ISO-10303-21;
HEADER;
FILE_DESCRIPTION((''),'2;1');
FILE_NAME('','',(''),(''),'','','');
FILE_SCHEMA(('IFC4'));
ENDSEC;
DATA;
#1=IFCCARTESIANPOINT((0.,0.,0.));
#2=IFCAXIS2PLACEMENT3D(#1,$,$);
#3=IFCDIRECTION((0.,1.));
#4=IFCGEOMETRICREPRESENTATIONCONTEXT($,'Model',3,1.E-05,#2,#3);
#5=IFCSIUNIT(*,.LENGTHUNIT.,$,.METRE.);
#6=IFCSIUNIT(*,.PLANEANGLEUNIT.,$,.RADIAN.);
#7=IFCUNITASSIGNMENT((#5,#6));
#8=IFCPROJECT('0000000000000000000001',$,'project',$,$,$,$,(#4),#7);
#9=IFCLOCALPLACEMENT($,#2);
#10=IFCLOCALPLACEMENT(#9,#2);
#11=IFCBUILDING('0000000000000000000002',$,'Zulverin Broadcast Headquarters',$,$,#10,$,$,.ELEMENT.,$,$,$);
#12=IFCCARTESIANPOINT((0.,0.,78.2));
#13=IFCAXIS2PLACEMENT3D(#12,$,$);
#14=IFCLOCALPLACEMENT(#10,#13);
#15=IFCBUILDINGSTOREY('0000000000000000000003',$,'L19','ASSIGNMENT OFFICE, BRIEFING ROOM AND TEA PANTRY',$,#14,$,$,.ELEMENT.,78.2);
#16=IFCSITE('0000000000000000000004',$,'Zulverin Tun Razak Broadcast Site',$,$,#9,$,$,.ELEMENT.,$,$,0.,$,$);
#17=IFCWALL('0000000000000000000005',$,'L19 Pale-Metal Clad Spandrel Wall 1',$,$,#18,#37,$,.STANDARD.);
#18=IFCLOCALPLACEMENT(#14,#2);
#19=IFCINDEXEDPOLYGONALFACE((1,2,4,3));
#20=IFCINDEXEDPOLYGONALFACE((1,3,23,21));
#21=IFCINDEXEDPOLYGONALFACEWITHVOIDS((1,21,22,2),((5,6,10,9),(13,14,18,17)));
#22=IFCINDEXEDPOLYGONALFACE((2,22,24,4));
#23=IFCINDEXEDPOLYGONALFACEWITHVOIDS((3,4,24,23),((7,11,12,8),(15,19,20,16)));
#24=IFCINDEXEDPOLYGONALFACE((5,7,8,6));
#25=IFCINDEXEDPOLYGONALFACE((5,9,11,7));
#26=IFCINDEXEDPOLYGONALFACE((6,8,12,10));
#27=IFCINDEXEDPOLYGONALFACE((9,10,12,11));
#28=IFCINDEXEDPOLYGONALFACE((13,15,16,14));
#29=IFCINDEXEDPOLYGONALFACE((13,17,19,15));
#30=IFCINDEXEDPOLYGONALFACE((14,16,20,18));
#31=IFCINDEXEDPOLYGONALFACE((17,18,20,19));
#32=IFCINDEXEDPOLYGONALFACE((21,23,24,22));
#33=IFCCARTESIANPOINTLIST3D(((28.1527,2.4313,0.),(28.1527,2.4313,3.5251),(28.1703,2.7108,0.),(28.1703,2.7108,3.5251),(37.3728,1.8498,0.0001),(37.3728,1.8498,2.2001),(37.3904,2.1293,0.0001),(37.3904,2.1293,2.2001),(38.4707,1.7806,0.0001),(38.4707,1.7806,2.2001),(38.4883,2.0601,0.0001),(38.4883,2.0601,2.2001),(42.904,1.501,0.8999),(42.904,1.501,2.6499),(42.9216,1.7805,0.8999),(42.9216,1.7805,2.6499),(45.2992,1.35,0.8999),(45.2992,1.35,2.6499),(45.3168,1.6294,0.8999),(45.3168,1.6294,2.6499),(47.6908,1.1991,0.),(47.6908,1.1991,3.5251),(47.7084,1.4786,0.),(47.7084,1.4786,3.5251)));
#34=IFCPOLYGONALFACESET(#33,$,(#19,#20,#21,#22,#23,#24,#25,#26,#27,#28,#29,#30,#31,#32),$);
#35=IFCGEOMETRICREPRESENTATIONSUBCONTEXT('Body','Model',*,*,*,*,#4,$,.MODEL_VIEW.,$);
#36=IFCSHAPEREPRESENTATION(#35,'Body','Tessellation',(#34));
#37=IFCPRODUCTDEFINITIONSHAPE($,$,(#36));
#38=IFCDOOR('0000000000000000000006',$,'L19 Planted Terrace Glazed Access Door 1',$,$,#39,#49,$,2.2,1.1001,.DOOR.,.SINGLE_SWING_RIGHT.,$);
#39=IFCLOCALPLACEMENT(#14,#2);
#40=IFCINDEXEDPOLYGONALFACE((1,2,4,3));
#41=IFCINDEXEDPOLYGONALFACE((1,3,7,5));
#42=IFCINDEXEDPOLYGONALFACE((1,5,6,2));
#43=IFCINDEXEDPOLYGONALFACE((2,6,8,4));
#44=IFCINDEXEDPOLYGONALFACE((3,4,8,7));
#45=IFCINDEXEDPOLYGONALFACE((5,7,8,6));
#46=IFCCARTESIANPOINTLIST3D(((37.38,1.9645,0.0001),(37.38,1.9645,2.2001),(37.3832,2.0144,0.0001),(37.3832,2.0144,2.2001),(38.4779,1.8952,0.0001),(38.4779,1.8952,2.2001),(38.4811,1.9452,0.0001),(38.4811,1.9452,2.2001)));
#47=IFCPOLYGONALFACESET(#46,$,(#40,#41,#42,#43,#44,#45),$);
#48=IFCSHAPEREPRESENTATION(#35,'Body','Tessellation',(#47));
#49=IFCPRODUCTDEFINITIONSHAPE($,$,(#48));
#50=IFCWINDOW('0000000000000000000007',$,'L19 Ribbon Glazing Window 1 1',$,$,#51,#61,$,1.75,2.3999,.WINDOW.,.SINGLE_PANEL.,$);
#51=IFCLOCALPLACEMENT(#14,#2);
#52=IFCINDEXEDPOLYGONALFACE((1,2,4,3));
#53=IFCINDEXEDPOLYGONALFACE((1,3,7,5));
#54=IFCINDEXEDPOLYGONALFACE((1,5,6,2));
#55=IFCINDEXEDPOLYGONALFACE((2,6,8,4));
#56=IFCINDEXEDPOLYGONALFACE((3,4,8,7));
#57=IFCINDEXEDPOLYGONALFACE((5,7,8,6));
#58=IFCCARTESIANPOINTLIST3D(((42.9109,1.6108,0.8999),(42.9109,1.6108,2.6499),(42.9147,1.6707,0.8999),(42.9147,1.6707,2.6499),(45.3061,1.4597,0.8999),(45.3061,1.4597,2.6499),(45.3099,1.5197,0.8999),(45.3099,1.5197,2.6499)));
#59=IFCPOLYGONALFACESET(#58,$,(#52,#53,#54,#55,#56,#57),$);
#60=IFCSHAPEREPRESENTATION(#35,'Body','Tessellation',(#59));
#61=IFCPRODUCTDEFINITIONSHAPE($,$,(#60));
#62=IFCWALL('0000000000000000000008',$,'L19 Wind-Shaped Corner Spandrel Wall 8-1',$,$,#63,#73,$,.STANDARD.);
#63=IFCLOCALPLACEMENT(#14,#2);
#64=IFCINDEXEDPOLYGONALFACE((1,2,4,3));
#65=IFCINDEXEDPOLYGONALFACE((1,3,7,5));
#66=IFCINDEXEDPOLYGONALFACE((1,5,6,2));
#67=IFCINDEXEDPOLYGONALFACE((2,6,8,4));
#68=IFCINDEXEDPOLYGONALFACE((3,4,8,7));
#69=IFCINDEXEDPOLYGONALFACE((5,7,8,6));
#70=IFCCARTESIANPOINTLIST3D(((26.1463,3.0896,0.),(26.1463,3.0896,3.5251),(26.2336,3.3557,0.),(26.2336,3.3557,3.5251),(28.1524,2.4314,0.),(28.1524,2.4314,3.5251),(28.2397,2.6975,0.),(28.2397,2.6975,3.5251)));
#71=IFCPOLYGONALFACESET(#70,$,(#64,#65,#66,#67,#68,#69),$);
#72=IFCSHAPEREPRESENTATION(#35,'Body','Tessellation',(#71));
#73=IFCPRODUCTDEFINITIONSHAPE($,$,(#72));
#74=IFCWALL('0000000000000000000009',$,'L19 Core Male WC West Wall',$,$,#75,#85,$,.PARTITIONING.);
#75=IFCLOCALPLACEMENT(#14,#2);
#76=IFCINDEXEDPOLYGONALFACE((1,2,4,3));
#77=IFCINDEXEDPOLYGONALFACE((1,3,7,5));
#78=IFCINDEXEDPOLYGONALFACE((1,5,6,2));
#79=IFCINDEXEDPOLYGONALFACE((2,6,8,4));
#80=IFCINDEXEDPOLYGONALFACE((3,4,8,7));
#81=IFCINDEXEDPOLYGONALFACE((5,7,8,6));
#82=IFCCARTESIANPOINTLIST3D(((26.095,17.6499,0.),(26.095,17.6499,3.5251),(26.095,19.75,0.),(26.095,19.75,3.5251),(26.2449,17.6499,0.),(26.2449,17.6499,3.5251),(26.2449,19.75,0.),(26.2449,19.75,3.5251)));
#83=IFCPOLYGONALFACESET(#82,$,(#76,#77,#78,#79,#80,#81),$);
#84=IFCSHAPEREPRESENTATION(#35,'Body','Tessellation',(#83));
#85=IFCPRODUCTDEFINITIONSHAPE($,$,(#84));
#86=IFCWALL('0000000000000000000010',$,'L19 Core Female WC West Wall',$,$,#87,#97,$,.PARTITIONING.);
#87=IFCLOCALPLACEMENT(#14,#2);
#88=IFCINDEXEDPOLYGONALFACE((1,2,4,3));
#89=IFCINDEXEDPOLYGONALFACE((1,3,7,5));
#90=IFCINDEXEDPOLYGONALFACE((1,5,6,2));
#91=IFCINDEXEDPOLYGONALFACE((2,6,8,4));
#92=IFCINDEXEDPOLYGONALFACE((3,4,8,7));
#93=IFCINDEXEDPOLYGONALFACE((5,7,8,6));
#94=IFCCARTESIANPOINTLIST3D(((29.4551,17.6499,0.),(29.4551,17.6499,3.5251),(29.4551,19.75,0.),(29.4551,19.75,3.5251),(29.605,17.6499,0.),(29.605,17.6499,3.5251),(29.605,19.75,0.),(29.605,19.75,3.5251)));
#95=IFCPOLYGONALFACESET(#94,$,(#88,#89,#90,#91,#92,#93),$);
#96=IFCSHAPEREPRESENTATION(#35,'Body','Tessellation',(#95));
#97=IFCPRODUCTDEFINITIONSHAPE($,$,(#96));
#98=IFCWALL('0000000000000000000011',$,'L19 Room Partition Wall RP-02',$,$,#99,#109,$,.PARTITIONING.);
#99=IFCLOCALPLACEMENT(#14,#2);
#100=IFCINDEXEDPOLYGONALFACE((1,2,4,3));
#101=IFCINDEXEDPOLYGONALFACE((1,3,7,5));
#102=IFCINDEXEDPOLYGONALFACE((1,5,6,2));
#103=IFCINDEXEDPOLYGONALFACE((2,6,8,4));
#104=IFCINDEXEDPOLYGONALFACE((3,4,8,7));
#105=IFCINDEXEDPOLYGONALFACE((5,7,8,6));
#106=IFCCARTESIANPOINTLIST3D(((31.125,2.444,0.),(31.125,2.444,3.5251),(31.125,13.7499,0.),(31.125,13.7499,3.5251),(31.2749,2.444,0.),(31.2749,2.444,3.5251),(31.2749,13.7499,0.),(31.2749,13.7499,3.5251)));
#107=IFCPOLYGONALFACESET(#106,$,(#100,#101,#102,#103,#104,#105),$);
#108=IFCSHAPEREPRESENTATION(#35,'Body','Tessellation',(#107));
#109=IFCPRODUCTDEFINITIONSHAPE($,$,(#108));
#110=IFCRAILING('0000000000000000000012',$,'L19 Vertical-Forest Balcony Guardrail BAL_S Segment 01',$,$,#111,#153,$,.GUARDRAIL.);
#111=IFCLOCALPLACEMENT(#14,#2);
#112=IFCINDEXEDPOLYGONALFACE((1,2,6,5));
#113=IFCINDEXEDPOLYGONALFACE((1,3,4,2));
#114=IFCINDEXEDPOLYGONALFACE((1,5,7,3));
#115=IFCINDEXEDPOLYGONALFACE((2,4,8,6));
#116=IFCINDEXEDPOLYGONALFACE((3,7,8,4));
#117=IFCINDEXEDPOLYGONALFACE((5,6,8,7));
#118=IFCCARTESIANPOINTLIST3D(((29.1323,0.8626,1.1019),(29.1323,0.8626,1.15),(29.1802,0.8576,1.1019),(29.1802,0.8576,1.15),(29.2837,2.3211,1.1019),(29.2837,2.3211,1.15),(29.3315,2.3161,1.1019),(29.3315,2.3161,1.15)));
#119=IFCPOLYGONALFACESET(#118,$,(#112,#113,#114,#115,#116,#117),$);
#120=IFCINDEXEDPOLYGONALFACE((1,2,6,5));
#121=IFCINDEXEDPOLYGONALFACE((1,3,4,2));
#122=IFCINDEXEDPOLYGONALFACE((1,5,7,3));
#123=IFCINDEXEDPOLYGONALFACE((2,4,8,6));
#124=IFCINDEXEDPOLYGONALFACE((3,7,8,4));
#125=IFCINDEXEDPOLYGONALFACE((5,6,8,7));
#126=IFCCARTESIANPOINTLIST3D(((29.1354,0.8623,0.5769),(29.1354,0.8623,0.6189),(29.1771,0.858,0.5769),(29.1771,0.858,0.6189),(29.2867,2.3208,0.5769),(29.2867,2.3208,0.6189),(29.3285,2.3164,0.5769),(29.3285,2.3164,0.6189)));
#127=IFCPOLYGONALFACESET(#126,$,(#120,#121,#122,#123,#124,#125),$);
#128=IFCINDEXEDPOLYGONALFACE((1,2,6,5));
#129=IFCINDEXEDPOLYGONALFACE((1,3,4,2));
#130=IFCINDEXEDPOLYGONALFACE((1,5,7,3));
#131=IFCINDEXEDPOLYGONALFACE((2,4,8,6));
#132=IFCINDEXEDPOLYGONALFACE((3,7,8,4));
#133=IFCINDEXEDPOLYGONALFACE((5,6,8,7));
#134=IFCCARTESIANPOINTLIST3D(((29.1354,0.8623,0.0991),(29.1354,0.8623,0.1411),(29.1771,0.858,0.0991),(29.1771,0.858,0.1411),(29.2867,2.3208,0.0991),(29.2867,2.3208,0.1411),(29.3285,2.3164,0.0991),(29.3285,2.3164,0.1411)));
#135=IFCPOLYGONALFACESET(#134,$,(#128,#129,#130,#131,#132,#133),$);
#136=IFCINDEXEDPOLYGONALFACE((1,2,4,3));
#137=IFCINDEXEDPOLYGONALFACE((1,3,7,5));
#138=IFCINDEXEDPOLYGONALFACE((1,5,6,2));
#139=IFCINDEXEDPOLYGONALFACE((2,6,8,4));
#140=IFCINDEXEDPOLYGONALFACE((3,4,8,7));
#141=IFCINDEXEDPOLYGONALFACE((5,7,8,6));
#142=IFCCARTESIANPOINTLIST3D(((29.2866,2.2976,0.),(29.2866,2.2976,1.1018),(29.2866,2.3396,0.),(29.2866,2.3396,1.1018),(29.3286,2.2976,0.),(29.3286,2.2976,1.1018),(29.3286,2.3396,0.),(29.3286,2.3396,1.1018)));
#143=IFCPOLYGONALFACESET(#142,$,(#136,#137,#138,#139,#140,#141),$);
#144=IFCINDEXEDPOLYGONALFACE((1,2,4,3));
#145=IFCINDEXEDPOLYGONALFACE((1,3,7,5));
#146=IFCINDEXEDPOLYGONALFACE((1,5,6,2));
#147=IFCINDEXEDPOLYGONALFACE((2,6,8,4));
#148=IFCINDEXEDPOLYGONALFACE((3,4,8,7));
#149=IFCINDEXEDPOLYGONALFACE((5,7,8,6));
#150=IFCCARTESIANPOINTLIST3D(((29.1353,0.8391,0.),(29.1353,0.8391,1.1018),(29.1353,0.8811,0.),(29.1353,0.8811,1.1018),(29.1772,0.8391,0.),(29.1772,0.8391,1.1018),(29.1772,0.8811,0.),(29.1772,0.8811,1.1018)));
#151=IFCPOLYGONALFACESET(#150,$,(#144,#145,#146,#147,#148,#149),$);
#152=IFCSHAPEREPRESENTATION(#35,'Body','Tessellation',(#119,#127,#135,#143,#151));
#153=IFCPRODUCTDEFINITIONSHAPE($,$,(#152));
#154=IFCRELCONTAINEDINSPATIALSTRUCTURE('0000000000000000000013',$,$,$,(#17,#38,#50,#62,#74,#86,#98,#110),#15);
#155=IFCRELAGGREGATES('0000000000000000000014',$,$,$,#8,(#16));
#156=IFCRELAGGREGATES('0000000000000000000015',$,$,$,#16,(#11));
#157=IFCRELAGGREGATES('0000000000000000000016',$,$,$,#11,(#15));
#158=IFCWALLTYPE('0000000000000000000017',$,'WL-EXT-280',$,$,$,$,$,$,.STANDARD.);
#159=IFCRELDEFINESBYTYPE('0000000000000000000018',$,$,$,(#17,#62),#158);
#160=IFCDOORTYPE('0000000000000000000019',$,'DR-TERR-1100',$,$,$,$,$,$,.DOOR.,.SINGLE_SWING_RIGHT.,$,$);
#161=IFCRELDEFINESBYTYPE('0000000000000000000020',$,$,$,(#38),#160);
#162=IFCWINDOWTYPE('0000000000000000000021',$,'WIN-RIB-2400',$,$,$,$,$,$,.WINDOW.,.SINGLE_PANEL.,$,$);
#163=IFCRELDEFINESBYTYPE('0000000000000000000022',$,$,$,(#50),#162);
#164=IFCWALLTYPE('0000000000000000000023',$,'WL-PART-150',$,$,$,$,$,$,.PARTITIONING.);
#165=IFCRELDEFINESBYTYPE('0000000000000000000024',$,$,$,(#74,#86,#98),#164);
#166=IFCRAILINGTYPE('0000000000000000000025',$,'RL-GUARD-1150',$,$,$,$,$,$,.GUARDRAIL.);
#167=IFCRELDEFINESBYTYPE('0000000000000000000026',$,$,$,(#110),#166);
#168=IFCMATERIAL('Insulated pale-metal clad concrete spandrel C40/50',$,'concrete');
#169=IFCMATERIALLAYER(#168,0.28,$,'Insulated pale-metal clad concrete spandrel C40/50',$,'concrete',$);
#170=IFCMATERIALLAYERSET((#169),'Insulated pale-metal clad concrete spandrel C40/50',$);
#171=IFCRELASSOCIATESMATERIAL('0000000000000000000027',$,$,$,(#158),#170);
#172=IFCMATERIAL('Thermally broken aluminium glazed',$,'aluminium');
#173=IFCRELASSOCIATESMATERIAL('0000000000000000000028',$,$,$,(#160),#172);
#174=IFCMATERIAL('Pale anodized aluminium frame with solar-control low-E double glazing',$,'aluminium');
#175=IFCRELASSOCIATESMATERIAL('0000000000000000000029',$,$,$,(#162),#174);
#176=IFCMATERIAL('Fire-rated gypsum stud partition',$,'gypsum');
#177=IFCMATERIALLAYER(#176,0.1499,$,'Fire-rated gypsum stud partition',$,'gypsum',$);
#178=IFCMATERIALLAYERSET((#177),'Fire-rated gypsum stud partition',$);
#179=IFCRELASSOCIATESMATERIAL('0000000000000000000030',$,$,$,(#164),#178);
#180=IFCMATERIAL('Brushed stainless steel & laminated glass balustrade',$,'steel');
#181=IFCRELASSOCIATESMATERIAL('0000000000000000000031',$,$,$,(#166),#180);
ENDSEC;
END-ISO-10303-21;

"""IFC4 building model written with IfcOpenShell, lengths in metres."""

from ifc_helpers import new_model, si_unit, direction, frame, frame_2d, origin, origin_2d, place, context, subcontext, project, spatial, rectangle, extrude, material, layer, layer_set, type_object, element, fill, save


model = new_model("IFC4")

# Units and contexts
model_context = context("Model", 3, precision=1e-05, world=origin(), true_north=direction((0.0, 1.0)))
body_context = subcontext(model_context, "Body", "Model", "MODEL_VIEW")
ifc_project = project(units=[si_unit("LENGTHUNIT", "METRE"), si_unit("PLANEANGLEUNIT", "RADIAN")], contexts=[model_context])

# Site, building, storey
site_placement = place(None, origin())
site = spatial("IfcSite", under=ifc_project, at=site_placement, Name="Zulverin Tun Razak Broadcast Site", CompositionType="ELEMENT", RefElevation=0.0)
building_placement = place(site_placement, origin())
building = spatial("IfcBuilding", under=site, at=building_placement, Name="Zulverin Broadcast Headquarters", CompositionType="ELEMENT")
storey_placement = place(building_placement, frame((0.0, 0.0, 78.2)))
storey = spatial("IfcBuildingStorey", under=building, at=storey_placement, Name="L19", Description="ASSIGNMENT OFFICE, BRIEFING ROOM AND TEA PANTRY", CompositionType="ELEMENT", Elevation=78.2)

# Wall, openings, door, window
ifc_material_1 = material(Name="Insulated pale-metal clad concrete spandrel C40/50", Category="concrete")
ifc_layer_1 = layer(ifc_material_1, 0.28, Name="Insulated pale-metal clad concrete spandrel C40/50", Category="concrete")
ifc_layer_set_1 = layer_set([ifc_layer_1], Name="Insulated pale-metal clad concrete spandrel C40/50")
wall_type_1 = type_object("IfcWallType", Name="WL-EXT-280", PredefinedType="STANDARD", material=ifc_layer_set_1)
wall_1_placement = place(storey_placement, frame((28.1614, 2.571, 0.0), z_axis=(0.0, 0.0, 1.0), x_axis=(0.998017, -0.06294, 0.0)))
wall_1 = element("IfcWall", 1, at=wall_1_placement, inside=storey, type_object=wall_type_1, Name="L19 Pale-Metal Clad Spandrel Wall 1", PredefinedType="STANDARD", context=body_context, shape_type="SweptSolid", body=[
    extrude(rectangle(XDim=19.5769, YDim=0.28, at=frame_2d((9.7886, 0.0))), origin(), (0.0, 0.0, 1.0), 3.5251),
])
opening_1_placement = place(wall_1_placement, frame((9.2385, 0.0, 0.0)))
opening_1 = element("IfcOpeningElement", 2, at=opening_1_placement, cuts=wall_1, PredefinedType="OPENING", context=body_context, shape_type="SweptSolid", body=[
    extrude(rectangle(XDim=1.1001, YDim=2.2, at=frame_2d((0.55, 1.1001))), frame((0.0, 0.1499, 0.0), z_axis=(0.0, -1.0, 0.0), x_axis=(1.0, 0.0, 0.0)), (0.0, 0.0, 1.0), 0.3),
])
opening_2_placement = place(wall_1_placement, frame((14.7808, 0.0, 0.8999)))
opening_2 = element("IfcOpeningElement", 3, at=opening_2_placement, cuts=wall_1, PredefinedType="OPENING", context=body_context, shape_type="SweptSolid", body=[
    extrude(rectangle(XDim=2.3999, YDim=1.75, at=frame_2d((1.2, 0.875))), frame((0.0, 0.1499, 0.0), z_axis=(0.0, -1.0, 0.0), x_axis=(1.0, 0.0, 0.0)), (0.0, 0.0, 1.0), 0.3),
])
ifc_material_2 = material(Name="Thermally broken aluminium glazed", Category="aluminium")
door_type = type_object("IfcDoorType", Name="DR-TERR-1100", OperationType="SINGLE_SWING_RIGHT", PredefinedType="DOOR", material=ifc_material_2)
door_placement = place(opening_1_placement, origin())
door = element("IfcDoor", 4, at=door_placement, inside=storey, type_object=door_type, Name="L19 Planted Terrace Glazed Access Door 1", OperationType="SINGLE_SWING_RIGHT", OverallHeight=2.2, OverallWidth=1.1001, PredefinedType="DOOR", context=body_context, shape_type="SweptSolid", body=[
    extrude(rectangle(XDim=1.1001, YDim=2.2, at=frame_2d((0.55, 1.1001))), frame((0.0, 0.0249, 0.0), z_axis=(0.0, -1.0, 0.0), x_axis=(1.0, 0.0, 0.0)), (0.0, 0.0, 1.0), 0.05),
])
fill(opening_1, door)
ifc_material_3 = material(Name="Pale anodized aluminium frame with solar-control low-E double glazing", Category="aluminium")
window_type = type_object("IfcWindowType", Name="WIN-RIB-2400", PartitioningType="SINGLE_PANEL", PredefinedType="WINDOW", material=ifc_material_3)
window_placement = place(opening_2_placement, origin())
window = element("IfcWindow", 5, at=window_placement, inside=storey, type_object=window_type, Name="L19 Ribbon Glazing Window 1 1", OverallHeight=1.75, OverallWidth=2.3999, PartitioningType="SINGLE_PANEL", PredefinedType="WINDOW", context=body_context, shape_type="SweptSolid", body=[
    extrude(rectangle(XDim=2.3999, YDim=1.75, at=frame_2d((1.2, 0.875))), frame((0.0, 0.03, 0.0), z_axis=(0.0, -1.0, 0.0), x_axis=(1.0, 0.0, 0.0)), (0.0, 0.0, 1.0), 0.0601),
])
fill(opening_2, window)

# Walls
wall_2_placement = place(storey_placement, frame((26.1899, 3.2227, 0.0), z_axis=(0.0, 0.0, 1.0), x_axis=(0.950164, -0.311749, 0.0)))
element("IfcWall", 6, at=wall_2_placement, inside=storey, type_object=wall_type_1, Name="L19 Wind-Shaped Corner Spandrel Wall 8-1", PredefinedType="STANDARD", context=body_context, shape_type="SweptSolid", body=[
    extrude(rectangle(XDim=2.1113, YDim=0.28, at=frame_2d((1.0557, 0.0))), origin(), (0.0, 0.0, 1.0), 3.5251),
])
ifc_material_4 = material(Name="Fire-rated gypsum stud partition", Category="gypsum")
ifc_layer_2 = layer(ifc_material_4, 0.1499, Name="Fire-rated gypsum stud partition", Category="gypsum")
ifc_layer_set_2 = layer_set([ifc_layer_2], Name="Fire-rated gypsum stud partition")
wall_type_2 = type_object("IfcWallType", Name="WL-PART-150", PredefinedType="PARTITIONING", material=ifc_layer_set_2)
for number, where, z_axis, x_axis, name in (
    (7, (26.1699, 17.6499, 0.0), (0.0, 0.0, 1.0), (0.0, 1.0, 0.0), "L19 Core Male WC West Wall"),
    (8, (29.53, 17.6499, 0.0), (0.0, 0.0, 1.0), (0.0, 1.0, 0.0), "L19 Core Female WC West Wall"),
):
    element("IfcWall", number, at=place(storey_placement, frame(where, z_axis=z_axis, x_axis=x_axis)), inside=storey, type_object=wall_type_2, Name=name, PredefinedType="PARTITIONING", context=body_context, shape_type="SweptSolid", body=[
        extrude(rectangle(XDim=2.1001, YDim=0.1499, at=frame_2d((1.05, 0.0))), origin(), (0.0, 0.0, 1.0), 3.5251),
    ])
wall_3_placement = place(storey_placement, frame((31.2, 2.4441, 0.0), z_axis=(0.0, 0.0, 1.0), x_axis=(0.0, 1.0, 0.0)))
element("IfcWall", 9, at=wall_3_placement, inside=storey, type_object=wall_type_2, Name="L19 Room Partition Wall RP-02", PredefinedType="PARTITIONING", context=body_context, shape_type="SweptSolid", body=[
    extrude(rectangle(XDim=11.3059, YDim=0.1499, at=frame_2d((5.6528, 0.0))), origin(), (0.0, 0.0, 1.0), 3.5251),
])

# Railing
ifc_material_5 = material(Name="Brushed stainless steel & laminated glass balustrade", Category="steel")
railing_type = type_object("IfcRailingType", Name="RL-GUARD-1150", PredefinedType="GUARDRAIL", material=ifc_material_5)
railing_1_placement = place(storey_placement, frame((29.3076, 2.3186, 0.0)))
element("IfcRailing", 10, at=railing_1_placement, inside=storey, type_object=railing_type, Name="L19 Vertical-Forest Balcony Guardrail BAL_S Segment 01", PredefinedType="GUARDRAIL", context=body_context, shape_type="SweptSolid", body=[
    extrude(rectangle(XDim=0.0481, YDim=0.0481, at=origin_2d()), frame((0.0, 0.0, 1.126), z_axis=(-0.103229, -0.994658, 0.0), x_axis=(0.994658, -0.103229, 0.0)), (0.0, 0.0, 1.0), 1.4663),
    extrude(rectangle(XDim=0.042, YDim=0.042, at=origin_2d()), frame((0.0, 0.0, 0.5979), z_axis=(-0.103229, -0.994658, 0.0), x_axis=(0.994658, -0.103229, 0.0)), (0.0, 0.0, 1.0), 1.4663),
    extrude(rectangle(XDim=0.042, YDim=0.042, at=origin_2d()), frame((0.0, 0.0, 0.1201), z_axis=(-0.103229, -0.994658, 0.0), x_axis=(0.994658, -0.103229, 0.0)), (0.0, 0.0, 1.0), 1.4663),
    extrude(rectangle(XDim=0.042, YDim=0.042, at=origin_2d()), origin(), (0.0, 0.0, 1.0), 1.1018),
    extrude(rectangle(XDim=0.042, YDim=0.042, at=origin_2d()), frame((-0.1514, -1.4585, 0.0)), (0.0, 0.0, 1.0), 1.1018),
])

save(model, "model.ifc")
